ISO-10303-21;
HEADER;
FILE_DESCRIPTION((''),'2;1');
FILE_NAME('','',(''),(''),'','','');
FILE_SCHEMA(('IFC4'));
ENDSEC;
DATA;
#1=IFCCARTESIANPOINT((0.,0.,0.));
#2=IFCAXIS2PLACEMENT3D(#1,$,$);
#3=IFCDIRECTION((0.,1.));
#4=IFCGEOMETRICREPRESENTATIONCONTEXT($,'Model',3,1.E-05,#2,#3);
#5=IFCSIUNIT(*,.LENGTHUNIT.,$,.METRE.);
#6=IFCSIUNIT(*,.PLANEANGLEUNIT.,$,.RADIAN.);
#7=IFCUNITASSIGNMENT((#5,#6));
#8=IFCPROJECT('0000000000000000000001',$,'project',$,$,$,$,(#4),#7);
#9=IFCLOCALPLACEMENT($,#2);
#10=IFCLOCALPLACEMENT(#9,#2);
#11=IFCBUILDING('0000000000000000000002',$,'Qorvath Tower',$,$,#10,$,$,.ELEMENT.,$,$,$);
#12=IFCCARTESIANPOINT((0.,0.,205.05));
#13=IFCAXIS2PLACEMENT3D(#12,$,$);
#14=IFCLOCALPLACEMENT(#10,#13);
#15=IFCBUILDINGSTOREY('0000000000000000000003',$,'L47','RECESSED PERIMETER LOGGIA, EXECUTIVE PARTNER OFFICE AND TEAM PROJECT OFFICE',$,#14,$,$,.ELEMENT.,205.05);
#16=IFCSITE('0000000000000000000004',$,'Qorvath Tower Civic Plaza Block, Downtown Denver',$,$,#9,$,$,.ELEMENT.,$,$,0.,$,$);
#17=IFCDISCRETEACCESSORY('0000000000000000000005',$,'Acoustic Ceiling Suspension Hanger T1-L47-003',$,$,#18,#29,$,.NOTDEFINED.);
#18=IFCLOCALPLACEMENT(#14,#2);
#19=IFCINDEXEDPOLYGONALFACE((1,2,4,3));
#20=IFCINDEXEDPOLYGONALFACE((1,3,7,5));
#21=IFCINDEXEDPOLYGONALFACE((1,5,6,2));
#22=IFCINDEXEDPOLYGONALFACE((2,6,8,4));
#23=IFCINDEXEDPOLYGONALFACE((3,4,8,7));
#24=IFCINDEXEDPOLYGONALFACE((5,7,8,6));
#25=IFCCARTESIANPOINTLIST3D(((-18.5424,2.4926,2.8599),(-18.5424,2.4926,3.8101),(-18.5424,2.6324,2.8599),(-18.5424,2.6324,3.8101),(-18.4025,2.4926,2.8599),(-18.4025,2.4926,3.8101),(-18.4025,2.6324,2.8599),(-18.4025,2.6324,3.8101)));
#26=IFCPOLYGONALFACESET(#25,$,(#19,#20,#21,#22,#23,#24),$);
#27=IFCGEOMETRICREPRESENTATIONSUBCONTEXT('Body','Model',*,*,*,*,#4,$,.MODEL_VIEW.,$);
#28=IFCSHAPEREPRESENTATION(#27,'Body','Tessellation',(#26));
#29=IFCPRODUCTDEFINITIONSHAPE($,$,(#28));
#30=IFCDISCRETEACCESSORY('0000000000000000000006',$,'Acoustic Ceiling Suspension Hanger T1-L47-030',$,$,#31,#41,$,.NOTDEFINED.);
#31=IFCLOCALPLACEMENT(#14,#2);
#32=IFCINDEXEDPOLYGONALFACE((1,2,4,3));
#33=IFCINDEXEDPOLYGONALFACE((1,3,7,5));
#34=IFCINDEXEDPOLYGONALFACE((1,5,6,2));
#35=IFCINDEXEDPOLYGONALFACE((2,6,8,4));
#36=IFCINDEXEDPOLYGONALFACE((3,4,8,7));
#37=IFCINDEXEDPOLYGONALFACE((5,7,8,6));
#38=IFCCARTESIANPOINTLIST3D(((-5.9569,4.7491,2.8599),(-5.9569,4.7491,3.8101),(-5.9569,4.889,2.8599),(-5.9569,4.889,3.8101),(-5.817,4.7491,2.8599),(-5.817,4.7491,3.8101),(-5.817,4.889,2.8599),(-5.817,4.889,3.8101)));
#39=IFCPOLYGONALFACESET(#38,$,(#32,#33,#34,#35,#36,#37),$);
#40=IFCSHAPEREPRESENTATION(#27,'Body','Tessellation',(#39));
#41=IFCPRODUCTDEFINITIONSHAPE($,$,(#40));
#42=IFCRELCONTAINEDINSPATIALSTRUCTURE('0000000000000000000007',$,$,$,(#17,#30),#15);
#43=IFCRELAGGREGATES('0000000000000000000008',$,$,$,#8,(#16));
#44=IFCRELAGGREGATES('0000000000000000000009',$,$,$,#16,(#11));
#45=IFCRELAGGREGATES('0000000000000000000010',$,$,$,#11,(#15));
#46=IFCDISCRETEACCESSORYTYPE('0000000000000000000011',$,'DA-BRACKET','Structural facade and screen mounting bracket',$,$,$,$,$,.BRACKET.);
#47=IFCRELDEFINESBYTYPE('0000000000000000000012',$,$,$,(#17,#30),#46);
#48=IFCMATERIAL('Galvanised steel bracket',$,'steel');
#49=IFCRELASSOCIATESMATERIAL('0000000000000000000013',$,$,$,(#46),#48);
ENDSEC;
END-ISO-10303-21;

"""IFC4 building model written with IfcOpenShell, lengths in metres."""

from ifc_helpers import new_model, si_unit, direction, frame, origin, origin_2d, place, context, subcontext, project, spatial, rectangle, extrude, material, type_object, element, save


model = new_model("IFC4")

# Units and contexts
model_context = context("Model", 3, precision=1e-05, world=origin(), true_north=direction((0.0, 1.0)))
body_context = subcontext(model_context, "Body", "Model", "MODEL_VIEW")
ifc_project = project(units=[si_unit("LENGTHUNIT", "METRE"), si_unit("PLANEANGLEUNIT", "RADIAN")], contexts=[model_context])

# Site, building, storey
site_placement = place(None, origin())
site = spatial("IfcSite", under=ifc_project, at=site_placement, Name="Qorvath Tower Civic Plaza Block, Downtown Denver", CompositionType="ELEMENT", RefElevation=0.0)
building_placement = place(site_placement, origin())
building = spatial("IfcBuilding", under=site, at=building_placement, Name="Qorvath Tower", CompositionType="ELEMENT")
storey_placement = place(building_placement, frame((0.0, 0.0, 205.05)))
storey = spatial("IfcBuildingStorey", under=building, at=storey_placement, Name="L47", Description="RECESSED PERIMETER LOGGIA, EXECUTIVE PARTNER OFFICE AND TEAM PROJECT OFFICE", CompositionType="ELEMENT", Elevation=205.05)

# Discrete accessories
ifc_material_1 = material(Name="Galvanised steel bracket", Category="steel")
discrete_accessory_type = type_object("IfcDiscreteAccessoryType", Name="DA-BRACKET", Description="Structural facade and screen mounting bracket", PredefinedType="BRACKET", material=ifc_material_1)
for number, where, z_axis, x_axis, name in (
    (1, (-18.4724, 2.5625, 2.8599), (0.0, 0.0, 1.0), (1.0, 0.0, 0.0), "Acoustic Ceiling Suspension Hanger T1-L47-003"),
    (2, (-5.887, 4.8191, 2.8599), (0.0, 0.0, 1.0), (1.0, 0.0, 0.0), "Acoustic Ceiling Suspension Hanger T1-L47-030"),
):
    element("IfcDiscreteAccessory", number, at=place(storey_placement, frame(where, z_axis=z_axis, x_axis=x_axis)), inside=storey, type_object=discrete_accessory_type, Name=name, PredefinedType="NOTDEFINED", context=body_context, shape_type="SweptSolid", body=[
        extrude(rectangle(XDim=0.1399, YDim=0.1399, at=origin_2d()), origin(), (0.0, 0.0, 1.0), 0.9502),
    ])

save(model, "model.ifc")
